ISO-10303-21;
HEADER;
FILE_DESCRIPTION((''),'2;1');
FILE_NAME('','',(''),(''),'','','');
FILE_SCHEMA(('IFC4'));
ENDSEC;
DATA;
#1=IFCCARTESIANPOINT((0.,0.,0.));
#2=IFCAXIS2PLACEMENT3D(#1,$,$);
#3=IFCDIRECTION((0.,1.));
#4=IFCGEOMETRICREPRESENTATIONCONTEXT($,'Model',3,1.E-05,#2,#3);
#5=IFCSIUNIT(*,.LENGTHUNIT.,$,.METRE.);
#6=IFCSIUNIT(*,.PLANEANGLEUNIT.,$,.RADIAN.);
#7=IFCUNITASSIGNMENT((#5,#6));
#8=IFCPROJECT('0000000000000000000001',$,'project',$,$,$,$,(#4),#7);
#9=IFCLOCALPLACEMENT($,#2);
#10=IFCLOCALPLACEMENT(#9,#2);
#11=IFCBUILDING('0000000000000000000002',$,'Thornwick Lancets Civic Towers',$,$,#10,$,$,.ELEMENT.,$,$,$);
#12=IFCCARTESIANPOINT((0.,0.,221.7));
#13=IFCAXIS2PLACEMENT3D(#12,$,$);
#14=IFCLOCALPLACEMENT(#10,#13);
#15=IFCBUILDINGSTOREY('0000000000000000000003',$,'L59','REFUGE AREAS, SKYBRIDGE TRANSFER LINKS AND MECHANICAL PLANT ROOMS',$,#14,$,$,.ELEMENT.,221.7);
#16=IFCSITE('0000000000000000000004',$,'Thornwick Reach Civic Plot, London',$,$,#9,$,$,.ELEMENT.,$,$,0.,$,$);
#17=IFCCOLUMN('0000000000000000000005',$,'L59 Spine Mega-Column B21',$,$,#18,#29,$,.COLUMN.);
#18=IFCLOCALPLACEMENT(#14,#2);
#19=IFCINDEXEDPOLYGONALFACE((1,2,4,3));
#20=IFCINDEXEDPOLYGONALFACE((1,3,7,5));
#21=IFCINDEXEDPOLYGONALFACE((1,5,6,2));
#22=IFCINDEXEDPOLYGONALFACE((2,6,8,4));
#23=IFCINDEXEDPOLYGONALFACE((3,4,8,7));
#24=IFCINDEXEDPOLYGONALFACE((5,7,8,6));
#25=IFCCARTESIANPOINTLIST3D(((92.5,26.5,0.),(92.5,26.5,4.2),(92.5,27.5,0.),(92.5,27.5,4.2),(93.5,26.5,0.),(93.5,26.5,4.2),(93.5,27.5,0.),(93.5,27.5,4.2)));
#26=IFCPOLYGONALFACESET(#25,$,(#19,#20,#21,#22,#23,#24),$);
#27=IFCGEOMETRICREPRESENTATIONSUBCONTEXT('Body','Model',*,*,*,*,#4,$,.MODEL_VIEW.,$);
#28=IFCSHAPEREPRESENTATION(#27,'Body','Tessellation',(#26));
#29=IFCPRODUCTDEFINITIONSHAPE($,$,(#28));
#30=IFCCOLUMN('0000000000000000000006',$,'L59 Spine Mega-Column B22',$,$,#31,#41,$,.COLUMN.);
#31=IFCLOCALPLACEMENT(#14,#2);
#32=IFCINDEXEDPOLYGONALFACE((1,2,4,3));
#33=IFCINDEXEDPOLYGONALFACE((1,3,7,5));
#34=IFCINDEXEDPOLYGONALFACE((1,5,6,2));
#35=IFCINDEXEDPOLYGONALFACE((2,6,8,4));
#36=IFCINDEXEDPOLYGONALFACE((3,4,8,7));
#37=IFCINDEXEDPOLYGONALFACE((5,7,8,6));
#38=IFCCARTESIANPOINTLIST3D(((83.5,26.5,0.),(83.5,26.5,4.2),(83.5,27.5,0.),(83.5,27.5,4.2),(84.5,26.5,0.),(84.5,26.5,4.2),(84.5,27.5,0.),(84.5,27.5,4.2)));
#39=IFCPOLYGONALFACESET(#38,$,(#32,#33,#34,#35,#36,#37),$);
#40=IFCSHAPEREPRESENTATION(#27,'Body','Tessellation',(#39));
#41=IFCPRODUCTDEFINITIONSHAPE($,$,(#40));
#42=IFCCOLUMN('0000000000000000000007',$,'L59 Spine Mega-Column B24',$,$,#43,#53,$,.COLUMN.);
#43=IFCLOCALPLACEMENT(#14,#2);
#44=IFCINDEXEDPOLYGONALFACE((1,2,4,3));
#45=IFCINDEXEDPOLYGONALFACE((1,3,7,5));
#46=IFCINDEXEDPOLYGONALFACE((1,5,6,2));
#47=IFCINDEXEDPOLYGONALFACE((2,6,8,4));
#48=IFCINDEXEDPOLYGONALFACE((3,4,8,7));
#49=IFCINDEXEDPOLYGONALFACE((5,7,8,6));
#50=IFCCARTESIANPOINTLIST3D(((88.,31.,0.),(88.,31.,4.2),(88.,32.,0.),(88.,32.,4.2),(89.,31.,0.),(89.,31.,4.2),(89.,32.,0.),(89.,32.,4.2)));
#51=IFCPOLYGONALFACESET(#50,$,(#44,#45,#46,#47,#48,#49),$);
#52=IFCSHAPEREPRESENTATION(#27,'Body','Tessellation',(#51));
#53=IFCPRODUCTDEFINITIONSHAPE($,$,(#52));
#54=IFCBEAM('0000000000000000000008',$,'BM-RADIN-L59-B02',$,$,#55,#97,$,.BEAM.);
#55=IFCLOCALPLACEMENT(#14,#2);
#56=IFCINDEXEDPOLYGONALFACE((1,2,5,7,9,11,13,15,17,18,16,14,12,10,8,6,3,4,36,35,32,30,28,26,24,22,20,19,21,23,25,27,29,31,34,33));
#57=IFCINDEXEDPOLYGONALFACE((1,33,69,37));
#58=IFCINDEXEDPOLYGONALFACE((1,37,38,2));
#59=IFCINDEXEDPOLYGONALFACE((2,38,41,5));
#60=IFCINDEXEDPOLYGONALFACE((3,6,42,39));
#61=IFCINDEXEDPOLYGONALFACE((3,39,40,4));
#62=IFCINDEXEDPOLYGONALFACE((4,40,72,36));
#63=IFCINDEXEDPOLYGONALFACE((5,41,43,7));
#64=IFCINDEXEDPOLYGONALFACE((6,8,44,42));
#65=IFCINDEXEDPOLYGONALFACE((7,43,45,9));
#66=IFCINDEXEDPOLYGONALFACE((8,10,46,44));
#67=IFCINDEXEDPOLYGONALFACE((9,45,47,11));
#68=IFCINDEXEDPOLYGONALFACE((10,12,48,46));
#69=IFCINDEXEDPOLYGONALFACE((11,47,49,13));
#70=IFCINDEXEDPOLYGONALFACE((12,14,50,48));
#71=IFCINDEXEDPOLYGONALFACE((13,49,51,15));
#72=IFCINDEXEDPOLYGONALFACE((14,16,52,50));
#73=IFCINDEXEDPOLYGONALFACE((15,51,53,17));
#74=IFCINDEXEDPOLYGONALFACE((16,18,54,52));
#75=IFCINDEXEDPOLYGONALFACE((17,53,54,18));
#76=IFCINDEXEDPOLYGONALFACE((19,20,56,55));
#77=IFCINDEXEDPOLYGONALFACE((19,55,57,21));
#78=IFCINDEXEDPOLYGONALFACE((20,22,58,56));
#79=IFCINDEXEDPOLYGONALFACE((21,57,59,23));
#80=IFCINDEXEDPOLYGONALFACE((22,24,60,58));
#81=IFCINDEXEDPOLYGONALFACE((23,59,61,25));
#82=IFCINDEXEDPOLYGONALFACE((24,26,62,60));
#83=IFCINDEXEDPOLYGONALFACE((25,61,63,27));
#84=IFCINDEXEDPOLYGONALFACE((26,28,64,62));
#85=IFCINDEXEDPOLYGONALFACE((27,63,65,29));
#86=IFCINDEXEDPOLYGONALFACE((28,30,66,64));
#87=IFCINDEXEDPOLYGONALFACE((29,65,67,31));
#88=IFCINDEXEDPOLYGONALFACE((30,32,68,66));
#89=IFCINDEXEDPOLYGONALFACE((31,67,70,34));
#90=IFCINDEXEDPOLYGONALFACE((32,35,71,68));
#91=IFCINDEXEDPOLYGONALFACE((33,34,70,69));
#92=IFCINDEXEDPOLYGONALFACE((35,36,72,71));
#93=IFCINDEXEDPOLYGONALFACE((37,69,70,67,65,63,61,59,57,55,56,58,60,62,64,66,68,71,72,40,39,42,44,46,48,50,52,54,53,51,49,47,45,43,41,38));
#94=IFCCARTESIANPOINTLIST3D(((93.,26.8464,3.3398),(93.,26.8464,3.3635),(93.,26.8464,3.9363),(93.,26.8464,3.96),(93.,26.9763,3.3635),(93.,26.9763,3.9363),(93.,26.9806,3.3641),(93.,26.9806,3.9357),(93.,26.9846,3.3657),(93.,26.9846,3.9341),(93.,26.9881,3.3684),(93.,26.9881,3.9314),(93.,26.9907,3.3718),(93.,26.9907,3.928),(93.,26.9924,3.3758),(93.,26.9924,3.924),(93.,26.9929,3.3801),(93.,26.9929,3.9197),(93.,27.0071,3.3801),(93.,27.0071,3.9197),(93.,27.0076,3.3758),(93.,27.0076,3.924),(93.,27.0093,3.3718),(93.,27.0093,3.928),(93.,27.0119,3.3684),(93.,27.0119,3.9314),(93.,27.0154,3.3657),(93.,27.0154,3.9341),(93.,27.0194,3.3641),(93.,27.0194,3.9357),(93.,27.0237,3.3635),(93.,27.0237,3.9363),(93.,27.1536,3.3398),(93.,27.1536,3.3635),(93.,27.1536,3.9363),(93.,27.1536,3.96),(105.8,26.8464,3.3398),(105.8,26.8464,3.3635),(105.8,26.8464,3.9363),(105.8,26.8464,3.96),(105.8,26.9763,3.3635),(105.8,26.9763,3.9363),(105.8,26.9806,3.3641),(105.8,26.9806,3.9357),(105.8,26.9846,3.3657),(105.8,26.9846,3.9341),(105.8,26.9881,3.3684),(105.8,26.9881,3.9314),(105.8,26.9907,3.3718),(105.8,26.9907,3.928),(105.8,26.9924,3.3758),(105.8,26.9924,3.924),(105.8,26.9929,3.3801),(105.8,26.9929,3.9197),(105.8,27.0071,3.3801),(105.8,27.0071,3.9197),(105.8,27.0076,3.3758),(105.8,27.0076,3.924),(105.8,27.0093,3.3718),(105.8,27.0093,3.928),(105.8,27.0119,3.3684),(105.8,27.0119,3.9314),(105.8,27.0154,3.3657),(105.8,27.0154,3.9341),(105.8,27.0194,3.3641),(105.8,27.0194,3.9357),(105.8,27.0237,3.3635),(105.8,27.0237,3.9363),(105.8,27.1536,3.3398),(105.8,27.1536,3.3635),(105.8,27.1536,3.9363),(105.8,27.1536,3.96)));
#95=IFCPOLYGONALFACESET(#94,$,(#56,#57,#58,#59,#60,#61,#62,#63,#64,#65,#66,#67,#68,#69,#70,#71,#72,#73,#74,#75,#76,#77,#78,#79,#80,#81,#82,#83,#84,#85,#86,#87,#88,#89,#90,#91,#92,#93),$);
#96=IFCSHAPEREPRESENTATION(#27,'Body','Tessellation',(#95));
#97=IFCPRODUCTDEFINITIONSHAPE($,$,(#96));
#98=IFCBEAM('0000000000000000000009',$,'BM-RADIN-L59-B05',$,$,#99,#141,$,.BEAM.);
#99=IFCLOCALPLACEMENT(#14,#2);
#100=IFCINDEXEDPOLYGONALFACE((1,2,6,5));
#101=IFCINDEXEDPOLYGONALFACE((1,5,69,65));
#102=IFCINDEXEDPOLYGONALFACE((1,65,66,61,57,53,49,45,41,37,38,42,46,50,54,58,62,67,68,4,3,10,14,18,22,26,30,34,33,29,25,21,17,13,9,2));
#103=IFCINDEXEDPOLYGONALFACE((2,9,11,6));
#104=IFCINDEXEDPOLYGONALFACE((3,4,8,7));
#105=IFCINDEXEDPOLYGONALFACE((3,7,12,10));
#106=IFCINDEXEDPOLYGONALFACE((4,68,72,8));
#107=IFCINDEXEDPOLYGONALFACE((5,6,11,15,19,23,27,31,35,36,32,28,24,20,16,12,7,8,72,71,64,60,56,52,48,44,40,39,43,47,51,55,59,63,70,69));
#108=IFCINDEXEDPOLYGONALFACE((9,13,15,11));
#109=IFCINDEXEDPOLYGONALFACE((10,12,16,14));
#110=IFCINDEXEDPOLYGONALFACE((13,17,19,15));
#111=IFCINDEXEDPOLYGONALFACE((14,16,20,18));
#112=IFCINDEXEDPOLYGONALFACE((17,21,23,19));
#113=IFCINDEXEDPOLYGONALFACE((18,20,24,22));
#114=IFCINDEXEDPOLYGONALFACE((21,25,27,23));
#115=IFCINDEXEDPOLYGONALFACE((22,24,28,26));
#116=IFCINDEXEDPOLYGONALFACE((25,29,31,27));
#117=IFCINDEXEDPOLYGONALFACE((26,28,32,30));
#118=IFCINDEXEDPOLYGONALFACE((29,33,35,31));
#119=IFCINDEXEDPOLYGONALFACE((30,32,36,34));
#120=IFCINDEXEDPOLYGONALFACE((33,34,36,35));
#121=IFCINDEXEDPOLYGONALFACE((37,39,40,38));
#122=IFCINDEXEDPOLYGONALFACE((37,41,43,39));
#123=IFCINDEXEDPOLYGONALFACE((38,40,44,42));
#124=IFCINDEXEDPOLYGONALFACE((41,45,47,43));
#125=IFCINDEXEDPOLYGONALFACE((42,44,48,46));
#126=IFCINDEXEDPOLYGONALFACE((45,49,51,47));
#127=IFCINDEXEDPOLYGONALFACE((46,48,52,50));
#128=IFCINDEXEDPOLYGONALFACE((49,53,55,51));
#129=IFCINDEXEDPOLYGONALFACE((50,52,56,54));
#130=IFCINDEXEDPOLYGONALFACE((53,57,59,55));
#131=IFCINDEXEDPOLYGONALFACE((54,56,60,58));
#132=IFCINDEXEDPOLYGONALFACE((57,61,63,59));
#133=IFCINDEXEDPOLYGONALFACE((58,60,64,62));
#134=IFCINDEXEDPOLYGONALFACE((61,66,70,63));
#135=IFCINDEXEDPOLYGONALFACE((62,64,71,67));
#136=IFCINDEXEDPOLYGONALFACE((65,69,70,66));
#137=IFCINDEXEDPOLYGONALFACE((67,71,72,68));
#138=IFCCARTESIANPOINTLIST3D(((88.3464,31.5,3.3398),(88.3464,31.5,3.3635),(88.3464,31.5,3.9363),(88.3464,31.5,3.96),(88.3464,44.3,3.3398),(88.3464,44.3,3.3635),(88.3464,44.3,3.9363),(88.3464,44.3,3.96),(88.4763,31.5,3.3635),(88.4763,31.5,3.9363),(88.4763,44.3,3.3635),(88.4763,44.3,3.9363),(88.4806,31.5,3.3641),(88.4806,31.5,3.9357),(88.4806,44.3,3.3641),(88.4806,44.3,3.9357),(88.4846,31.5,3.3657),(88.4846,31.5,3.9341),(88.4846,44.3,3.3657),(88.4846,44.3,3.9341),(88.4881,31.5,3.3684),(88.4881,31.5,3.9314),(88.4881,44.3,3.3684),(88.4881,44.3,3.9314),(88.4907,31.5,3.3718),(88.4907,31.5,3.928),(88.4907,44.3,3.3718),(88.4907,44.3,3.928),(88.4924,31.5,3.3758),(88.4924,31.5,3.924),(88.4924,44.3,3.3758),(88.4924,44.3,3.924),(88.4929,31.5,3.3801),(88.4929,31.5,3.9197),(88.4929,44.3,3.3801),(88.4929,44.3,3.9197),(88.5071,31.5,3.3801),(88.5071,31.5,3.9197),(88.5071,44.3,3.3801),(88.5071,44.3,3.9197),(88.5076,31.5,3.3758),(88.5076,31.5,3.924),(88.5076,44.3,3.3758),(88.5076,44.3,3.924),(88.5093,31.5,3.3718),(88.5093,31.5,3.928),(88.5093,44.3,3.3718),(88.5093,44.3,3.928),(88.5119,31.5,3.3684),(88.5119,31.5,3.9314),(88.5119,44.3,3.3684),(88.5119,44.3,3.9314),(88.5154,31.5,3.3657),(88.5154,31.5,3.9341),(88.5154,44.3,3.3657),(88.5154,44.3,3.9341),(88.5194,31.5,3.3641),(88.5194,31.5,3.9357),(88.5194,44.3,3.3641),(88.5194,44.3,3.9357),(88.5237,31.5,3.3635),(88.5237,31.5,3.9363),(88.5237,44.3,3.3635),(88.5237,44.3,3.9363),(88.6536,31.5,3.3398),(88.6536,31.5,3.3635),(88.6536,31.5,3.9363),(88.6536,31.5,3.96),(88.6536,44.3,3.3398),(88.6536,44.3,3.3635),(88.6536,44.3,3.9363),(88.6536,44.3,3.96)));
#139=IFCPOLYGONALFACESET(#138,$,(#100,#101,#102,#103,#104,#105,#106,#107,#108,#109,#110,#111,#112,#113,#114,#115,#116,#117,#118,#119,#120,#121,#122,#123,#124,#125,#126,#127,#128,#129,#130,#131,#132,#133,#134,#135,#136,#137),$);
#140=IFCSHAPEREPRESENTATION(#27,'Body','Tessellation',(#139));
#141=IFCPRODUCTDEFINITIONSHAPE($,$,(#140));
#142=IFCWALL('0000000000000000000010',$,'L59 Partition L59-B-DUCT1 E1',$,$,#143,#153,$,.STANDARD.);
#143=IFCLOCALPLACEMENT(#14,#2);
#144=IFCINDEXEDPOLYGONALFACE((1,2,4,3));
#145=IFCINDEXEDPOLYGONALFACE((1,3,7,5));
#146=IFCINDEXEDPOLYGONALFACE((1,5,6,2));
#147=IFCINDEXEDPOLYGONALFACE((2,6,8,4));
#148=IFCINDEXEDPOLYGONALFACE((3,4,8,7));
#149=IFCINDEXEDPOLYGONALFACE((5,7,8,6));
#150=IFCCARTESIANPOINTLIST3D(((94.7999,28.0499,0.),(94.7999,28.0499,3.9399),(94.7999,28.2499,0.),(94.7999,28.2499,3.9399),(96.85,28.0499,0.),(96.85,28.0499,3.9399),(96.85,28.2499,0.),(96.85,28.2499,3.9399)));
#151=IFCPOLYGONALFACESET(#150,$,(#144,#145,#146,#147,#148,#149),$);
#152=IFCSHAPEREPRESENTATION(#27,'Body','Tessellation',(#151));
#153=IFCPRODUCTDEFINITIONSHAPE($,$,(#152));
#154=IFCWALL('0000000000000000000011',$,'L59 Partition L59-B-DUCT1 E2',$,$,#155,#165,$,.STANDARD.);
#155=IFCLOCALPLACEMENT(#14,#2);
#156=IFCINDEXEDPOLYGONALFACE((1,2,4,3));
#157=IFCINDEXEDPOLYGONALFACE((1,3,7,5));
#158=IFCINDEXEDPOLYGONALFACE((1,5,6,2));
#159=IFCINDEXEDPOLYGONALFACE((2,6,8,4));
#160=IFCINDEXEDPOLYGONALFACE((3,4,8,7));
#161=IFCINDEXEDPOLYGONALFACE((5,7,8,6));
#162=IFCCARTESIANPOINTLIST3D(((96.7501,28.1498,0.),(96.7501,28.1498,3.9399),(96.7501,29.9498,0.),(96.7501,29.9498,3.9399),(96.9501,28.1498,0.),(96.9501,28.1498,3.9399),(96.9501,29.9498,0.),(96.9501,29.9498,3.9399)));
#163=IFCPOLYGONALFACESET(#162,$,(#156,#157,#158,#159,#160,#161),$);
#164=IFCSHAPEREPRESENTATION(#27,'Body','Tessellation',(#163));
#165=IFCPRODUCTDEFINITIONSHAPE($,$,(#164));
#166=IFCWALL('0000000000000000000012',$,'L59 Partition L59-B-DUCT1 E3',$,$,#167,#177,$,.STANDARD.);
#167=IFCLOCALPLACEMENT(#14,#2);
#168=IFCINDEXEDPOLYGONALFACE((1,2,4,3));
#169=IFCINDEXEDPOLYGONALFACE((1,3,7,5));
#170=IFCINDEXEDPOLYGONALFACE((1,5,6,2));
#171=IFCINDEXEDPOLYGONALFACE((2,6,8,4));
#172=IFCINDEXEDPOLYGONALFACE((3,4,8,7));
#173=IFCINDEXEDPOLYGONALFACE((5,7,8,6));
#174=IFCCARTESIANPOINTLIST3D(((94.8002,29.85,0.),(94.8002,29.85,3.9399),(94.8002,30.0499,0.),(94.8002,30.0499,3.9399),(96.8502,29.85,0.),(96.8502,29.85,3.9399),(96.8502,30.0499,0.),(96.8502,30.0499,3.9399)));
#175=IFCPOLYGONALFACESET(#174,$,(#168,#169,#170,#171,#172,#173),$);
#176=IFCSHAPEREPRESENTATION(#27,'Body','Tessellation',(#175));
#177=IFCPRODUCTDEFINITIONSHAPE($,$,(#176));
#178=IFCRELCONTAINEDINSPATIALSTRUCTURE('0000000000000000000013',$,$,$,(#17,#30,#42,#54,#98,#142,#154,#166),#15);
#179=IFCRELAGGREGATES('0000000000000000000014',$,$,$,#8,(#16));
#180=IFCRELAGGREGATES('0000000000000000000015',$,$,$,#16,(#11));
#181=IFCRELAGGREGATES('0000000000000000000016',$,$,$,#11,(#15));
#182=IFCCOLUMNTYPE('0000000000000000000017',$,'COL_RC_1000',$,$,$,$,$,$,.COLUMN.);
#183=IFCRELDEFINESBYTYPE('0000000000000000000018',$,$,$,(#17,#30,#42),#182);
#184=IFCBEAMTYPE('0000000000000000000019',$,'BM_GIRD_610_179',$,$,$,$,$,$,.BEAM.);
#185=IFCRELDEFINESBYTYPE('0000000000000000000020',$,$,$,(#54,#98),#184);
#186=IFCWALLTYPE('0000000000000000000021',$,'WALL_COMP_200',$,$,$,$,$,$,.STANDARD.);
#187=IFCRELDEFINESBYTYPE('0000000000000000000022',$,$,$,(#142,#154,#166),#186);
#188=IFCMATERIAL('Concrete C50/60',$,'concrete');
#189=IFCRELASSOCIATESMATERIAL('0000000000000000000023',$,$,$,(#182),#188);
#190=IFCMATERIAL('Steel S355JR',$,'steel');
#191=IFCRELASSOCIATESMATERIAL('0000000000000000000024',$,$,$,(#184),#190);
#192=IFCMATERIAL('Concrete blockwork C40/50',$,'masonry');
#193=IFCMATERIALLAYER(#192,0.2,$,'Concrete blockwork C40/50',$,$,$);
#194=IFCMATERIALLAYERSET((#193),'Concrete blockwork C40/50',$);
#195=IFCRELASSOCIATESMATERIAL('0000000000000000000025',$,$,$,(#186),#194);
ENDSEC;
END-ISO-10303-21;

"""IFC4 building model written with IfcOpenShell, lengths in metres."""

from ifc_helpers import new_model, si_unit, direction, frame, frame_2d, origin, origin_2d, place, context, subcontext, project, spatial, rectangle, i_section, extrude, material, layer, layer_set, material_profile, profile_set, type_object, element, save


model = new_model("IFC4")

# Units and contexts
model_context = context("Model", 3, precision=1e-05, world=origin(), true_north=direction((0.0, 1.0)))
body_context = subcontext(model_context, "Body", "Model", "MODEL_VIEW")
ifc_project = project(units=[si_unit("LENGTHUNIT", "METRE"), si_unit("PLANEANGLEUNIT", "RADIAN")], contexts=[model_context])

# Site, building, storey
site_placement = place(None, origin())
site = spatial("IfcSite", under=ifc_project, at=site_placement, Name="Thornwick Reach Civic Plot, London", CompositionType="ELEMENT", RefElevation=0.0)
building_placement = place(site_placement, origin())
building = spatial("IfcBuilding", under=site, at=building_placement, Name="Thornwick Lancets Civic Towers", CompositionType="ELEMENT")
storey_placement = place(building_placement, frame((0.0, 0.0, 221.7)))
storey = spatial("IfcBuildingStorey", under=building, at=storey_placement, Name="L59", Description="REFUGE AREAS, SKYBRIDGE TRANSFER LINKS AND MECHANICAL PLANT ROOMS", CompositionType="ELEMENT", Elevation=221.7)

# Columns
ifc_material_1 = material(Name="Concrete C50/60", Category="concrete")
ifc_material_profile_1 = material_profile(ifc_material_1, rectangle(XDim=1.0, YDim=1.0, at=origin_2d()), Name="RC 1000x1000")
ifc_profile_set_1 = profile_set([ifc_material_profile_1], Name="Concrete C50/60")
column_type = type_object("IfcColumnType", Name="COL_RC_1000", PredefinedType="COLUMN", material=ifc_profile_set_1)
for number, where, z_axis, x_axis, name in (
    (1, (93.0, 27.0, 0.0), (0.0, 0.0, 1.0), (1.0, 0.0, 0.0), "L59 Spine Mega-Column B21"),
    (2, (84.0, 27.0, 0.0), (0.0, 0.0, 1.0), (1.0, 0.0, 0.0), "L59 Spine Mega-Column B22"),
    (3, (88.5, 31.5, 0.0), (0.0, 0.0, 1.0), (1.0, 0.0, 0.0), "L59 Spine Mega-Column B24"),
):
    element("IfcColumn", number, at=place(storey_placement, frame(where, z_axis=z_axis, x_axis=x_axis)), inside=storey, type_object=column_type, Name=name, PredefinedType="COLUMN", context=body_context, shape_type="SweptSolid", body=[
        extrude(rectangle(XDim=1.0, YDim=1.0, at=origin_2d()), origin(), (0.0, 0.0, 1.0), 4.2),
    ])

# Beams
ifc_material_2 = material(Name="Steel S355JR", Category="steel")
ifc_material_profile_2 = material_profile(ifc_material_2, i_section(OverallWidth=0.3071, OverallDepth=0.6201, WebThickness=0.0142, FlangeThickness=0.0237, FilletRadius=0.0166, at=origin_2d()), Name="UKB 610x305x179")
ifc_profile_set_2 = profile_set([ifc_material_profile_2], Name="Steel S355JR")
beam_type = type_object("IfcBeamType", Name="BM_GIRD_610_179", PredefinedType="BEAM", material=ifc_profile_set_2)
for number, where, z_axis, x_axis, name in (
    (4, (93.0, 27.0, 3.6499), (1.0, 0.0, 0.0), (0.0, 1.0, 0.0), "BM-RADIN-L59-B02"),
    (5, (88.5, 31.5, 3.6499), (0.0, 1.0, 0.0), (-1.0, 0.0, 0.0), "BM-RADIN-L59-B05"),
):
    element("IfcBeam", number, at=place(storey_placement, frame(where, z_axis=z_axis, x_axis=x_axis)), inside=storey, type_object=beam_type, Name=name, PredefinedType="BEAM", context=body_context, shape_type="SweptSolid", body=[
        extrude(i_section(OverallWidth=0.3071, OverallDepth=0.6201, WebThickness=0.0142, FlangeThickness=0.0237, FilletRadius=0.0166, at=origin_2d()), origin(), (0.0, 0.0, 1.0), 12.8),
    ])

# Walls
ifc_material_3 = material(Name="Concrete blockwork C40/50", Category="masonry")
ifc_layer_1 = layer(ifc_material_3, 0.2, Name="Concrete blockwork C40/50")
ifc_layer_set_1 = layer_set([ifc_layer_1], Name="Concrete blockwork C40/50")
wall_type_1 = type_object("IfcWallType", Name="WALL_COMP_200", PredefinedType="STANDARD", material=ifc_layer_set_1)
wall_1_placement = place(storey_placement, frame((94.8, 28.1499, 0.0), z_axis=(0.0, 0.0, 1.0), x_axis=(1.0, 0.0, 0.0)))
element("IfcWall", 6, at=wall_1_placement, inside=storey, type_object=wall_type_1, Name="L59 Partition L59-B-DUCT1 E1", PredefinedType="STANDARD", context=body_context, shape_type="SweptSolid", body=[
    extrude(rectangle(XDim=2.05, YDim=0.2, at=frame_2d((1.0249, 0.0))), origin(), (0.0, 0.0, 1.0), 3.9399),
])
wall_2_placement = place(storey_placement, frame((96.8501, 28.1499, 0.0), z_axis=(0.0, 0.0, 1.0), x_axis=(0.0, 1.0, 0.0)))
element("IfcWall", 7, at=wall_2_placement, inside=storey, type_object=wall_type_1, Name="L59 Partition L59-B-DUCT1 E2", PredefinedType="STANDARD", context=body_context, shape_type="SweptSolid", body=[
    extrude(rectangle(XDim=1.8, YDim=0.2, at=frame_2d((0.8999, 0.0))), origin(), (0.0, 0.0, 1.0), 3.9399),
])
wall_3_placement = place(storey_placement, frame((96.8501, 29.95, 0.0), z_axis=(0.0, 0.0, 1.0), x_axis=(-1.0, 0.0, 0.0)))
element("IfcWall", 8, at=wall_3_placement, inside=storey, type_object=wall_type_1, Name="L59 Partition L59-B-DUCT1 E3", PredefinedType="STANDARD", context=body_context, shape_type="SweptSolid", body=[
    extrude(rectangle(XDim=2.05, YDim=0.2, at=frame_2d((1.0249, 0.0))), origin(), (0.0, 0.0, 1.0), 3.9399),
])

save(model, "model.ifc")
